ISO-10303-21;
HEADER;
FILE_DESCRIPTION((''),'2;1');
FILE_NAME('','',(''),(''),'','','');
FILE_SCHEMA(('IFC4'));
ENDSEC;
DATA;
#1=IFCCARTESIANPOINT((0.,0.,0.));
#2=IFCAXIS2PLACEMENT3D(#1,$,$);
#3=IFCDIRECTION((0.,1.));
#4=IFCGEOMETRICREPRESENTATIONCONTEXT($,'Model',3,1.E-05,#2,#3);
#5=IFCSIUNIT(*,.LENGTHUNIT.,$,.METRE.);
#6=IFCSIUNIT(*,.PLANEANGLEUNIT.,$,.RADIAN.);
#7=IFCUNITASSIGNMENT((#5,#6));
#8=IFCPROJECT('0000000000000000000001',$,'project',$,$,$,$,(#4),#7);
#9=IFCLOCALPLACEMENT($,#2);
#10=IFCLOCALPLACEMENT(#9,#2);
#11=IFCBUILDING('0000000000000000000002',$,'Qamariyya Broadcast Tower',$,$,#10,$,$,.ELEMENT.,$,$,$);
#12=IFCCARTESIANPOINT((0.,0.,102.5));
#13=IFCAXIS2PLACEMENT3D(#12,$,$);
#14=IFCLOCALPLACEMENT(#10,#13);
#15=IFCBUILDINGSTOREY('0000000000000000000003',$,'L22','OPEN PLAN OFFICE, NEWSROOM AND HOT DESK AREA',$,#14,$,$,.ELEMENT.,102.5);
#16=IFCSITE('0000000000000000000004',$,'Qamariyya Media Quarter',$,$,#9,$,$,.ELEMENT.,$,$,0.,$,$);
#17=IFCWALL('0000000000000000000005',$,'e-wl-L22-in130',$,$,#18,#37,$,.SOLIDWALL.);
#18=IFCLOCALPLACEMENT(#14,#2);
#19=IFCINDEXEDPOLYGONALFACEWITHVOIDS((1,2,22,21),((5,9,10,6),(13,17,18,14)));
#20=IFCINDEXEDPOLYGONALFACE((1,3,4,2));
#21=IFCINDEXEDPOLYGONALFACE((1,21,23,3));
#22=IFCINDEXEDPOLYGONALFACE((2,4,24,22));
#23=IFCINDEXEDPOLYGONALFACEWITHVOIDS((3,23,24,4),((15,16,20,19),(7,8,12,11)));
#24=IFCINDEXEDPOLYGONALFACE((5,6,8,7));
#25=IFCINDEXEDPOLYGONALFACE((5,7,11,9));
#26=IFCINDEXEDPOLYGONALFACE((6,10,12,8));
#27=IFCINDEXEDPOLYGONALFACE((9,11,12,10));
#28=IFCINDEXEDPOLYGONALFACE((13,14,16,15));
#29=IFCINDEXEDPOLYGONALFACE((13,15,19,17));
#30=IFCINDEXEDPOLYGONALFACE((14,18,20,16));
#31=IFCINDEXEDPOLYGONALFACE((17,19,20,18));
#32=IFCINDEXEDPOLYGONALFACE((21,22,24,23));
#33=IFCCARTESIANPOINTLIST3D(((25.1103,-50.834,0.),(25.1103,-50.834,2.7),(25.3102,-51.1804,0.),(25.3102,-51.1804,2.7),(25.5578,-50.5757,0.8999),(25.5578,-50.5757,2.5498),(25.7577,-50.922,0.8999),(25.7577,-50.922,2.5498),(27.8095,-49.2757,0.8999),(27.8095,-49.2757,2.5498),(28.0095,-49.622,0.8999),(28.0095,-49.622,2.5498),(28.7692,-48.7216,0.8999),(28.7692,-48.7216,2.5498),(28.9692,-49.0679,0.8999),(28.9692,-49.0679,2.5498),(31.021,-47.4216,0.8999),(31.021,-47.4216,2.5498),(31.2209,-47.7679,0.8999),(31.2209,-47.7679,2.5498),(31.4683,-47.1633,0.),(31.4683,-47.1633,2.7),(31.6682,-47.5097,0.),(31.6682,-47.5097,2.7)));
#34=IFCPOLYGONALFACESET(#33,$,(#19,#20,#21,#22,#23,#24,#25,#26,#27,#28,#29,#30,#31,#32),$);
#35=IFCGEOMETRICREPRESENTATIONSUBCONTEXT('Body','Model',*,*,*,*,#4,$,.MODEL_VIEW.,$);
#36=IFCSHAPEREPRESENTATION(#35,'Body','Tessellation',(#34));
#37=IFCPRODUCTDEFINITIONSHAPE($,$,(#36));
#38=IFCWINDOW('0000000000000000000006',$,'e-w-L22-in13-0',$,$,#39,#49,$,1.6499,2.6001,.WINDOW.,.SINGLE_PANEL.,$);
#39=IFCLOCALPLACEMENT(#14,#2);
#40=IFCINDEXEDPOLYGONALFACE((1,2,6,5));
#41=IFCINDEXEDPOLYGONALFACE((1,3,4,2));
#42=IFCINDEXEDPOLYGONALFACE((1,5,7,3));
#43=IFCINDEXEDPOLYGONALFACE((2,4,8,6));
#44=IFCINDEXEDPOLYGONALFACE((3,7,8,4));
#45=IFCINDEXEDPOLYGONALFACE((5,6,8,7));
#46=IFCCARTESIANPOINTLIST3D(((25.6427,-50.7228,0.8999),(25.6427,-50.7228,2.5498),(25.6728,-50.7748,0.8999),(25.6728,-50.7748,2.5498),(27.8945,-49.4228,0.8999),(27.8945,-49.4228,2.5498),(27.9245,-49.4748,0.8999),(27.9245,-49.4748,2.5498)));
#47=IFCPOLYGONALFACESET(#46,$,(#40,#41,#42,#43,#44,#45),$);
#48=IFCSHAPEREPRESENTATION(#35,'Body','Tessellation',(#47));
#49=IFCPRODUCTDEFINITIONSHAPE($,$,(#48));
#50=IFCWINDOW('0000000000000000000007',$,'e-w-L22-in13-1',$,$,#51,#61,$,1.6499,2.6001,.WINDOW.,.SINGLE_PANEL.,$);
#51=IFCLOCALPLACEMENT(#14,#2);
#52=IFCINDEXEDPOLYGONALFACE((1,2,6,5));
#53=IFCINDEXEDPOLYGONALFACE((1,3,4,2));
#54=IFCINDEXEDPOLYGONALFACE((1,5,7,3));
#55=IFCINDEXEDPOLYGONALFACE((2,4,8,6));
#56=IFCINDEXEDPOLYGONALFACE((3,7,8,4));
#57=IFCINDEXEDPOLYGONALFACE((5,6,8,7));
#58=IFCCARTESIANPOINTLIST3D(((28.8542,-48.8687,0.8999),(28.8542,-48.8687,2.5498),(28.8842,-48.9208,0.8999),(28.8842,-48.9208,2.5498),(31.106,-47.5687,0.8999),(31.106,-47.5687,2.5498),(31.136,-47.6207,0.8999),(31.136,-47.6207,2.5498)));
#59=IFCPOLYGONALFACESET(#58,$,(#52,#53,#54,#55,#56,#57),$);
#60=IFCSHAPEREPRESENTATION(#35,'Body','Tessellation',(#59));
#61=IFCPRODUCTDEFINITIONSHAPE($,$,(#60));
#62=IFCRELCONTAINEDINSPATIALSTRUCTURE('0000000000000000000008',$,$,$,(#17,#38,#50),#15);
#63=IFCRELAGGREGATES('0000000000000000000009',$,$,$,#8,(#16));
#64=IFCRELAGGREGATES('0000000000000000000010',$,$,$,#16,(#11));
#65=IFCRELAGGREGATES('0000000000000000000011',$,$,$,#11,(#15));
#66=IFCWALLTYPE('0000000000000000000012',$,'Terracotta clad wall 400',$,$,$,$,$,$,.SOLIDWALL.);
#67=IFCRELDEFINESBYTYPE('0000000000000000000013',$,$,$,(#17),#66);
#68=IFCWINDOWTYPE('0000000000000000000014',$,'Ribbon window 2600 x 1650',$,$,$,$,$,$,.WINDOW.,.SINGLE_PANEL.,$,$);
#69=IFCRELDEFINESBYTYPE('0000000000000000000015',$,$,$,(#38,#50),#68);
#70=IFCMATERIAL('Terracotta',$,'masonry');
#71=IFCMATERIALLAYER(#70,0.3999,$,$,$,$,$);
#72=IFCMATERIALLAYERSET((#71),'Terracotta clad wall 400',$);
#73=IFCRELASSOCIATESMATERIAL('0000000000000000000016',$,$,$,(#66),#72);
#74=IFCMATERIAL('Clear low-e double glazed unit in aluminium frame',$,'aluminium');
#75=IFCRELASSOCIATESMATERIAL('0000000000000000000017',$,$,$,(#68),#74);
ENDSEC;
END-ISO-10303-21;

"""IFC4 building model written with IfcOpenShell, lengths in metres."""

from ifc_helpers import new_model, si_unit, direction, frame, frame_2d, origin, place, context, subcontext, project, spatial, rectangle, extrude, material, layer, layer_set, type_object, element, fill, save


model = new_model("IFC4")

# Units and contexts
model_context = context("Model", 3, precision=1e-05, world=origin(), true_north=direction((0.0, 1.0)))
body_context = subcontext(model_context, "Body", "Model", "MODEL_VIEW")
ifc_project = project(units=[si_unit("LENGTHUNIT", "METRE"), si_unit("PLANEANGLEUNIT", "RADIAN")], contexts=[model_context])

# Site, building, storey
site_placement = place(None, origin())
site = spatial("IfcSite", under=ifc_project, at=site_placement, Name="Qamariyya Media Quarter", CompositionType="ELEMENT", RefElevation=0.0)
building_placement = place(site_placement, origin())
building = spatial("IfcBuilding", under=site, at=building_placement, Name="Qamariyya Broadcast Tower", CompositionType="ELEMENT")
storey_placement = place(building_placement, frame((0.0, 0.0, 102.5)))
storey = spatial("IfcBuildingStorey", under=building, at=storey_placement, Name="L22", Description="OPEN PLAN OFFICE, NEWSROOM AND HOT DESK AREA", CompositionType="ELEMENT", Elevation=102.5)

# Wall, openings, windows
ifc_material_1 = material(Name="Terracotta", Category="masonry")
ifc_layer = layer(ifc_material_1, 0.3999)
ifc_layer_set = layer_set([ifc_layer], Name="Terracotta clad wall 400")
wall_type = type_object("IfcWallType", Name="Terracotta clad wall 400", PredefinedType="SOLIDWALL", material=ifc_layer_set)
wall_placement = place(storey_placement, frame((31.5684, -47.3364, 0.0), z_axis=(0.0, 0.0, 1.0), x_axis=(-0.866031, -0.499991, 0.0)))
wall = element("IfcWall", 1, at=wall_placement, inside=storey, type_object=wall_type, Name="e-wl-L22-in130", PredefinedType="SOLIDWALL", context=body_context, shape_type="SweptSolid", body=[
    extrude(rectangle(XDim=7.3416, YDim=0.3999, at=frame_2d((3.6709, 0.0))), origin(), (0.0, 0.0, 1.0), 2.7),
])
opening_1_placement = place(wall_placement, frame((4.2249, 0.0, 0.8999)))
opening_1 = element("IfcOpeningElement", 2, at=opening_1_placement, cuts=wall, PredefinedType="OPENING", context=body_context, shape_type="SweptSolid", body=[
    extrude(rectangle(XDim=2.6001, YDim=1.6499, at=frame_2d((1.3, 0.825))), frame((0.0, 0.21, 0.0), z_axis=(0.0, -1.0, 0.0), x_axis=(1.0, 0.0, 0.0)), (0.0, 0.0, 1.0), 0.4199),
])
opening_2_placement = place(wall_placement, frame((0.5166, 0.0, 0.8999)))
opening_2 = element("IfcOpeningElement", 3, at=opening_2_placement, cuts=wall, PredefinedType="OPENING", context=body_context, shape_type="SweptSolid", body=[
    extrude(rectangle(XDim=2.6001, YDim=1.6499, at=frame_2d((1.3, 0.825))), frame((0.0, 0.21, 0.0), z_axis=(0.0, -1.0, 0.0), x_axis=(1.0, 0.0, 0.0)), (0.0, 0.0, 1.0), 0.4199),
])
ifc_material_2 = material(Name="Clear low-e double glazed unit in aluminium frame", Category="aluminium")
window_type = type_object("IfcWindowType", Name="Ribbon window 2600 x 1650", PartitioningType="SINGLE_PANEL", PredefinedType="WINDOW", material=ifc_material_2)
window_1_placement = place(opening_1_placement, origin())
window_1 = element("IfcWindow", 4, at=window_1_placement, inside=storey, type_object=window_type, Name="e-w-L22-in13-0", OverallHeight=1.6499, OverallWidth=2.6001, PartitioningType="SINGLE_PANEL", PredefinedType="WINDOW", context=body_context, shape_type="SweptSolid", body=[
    extrude(rectangle(XDim=2.6001, YDim=1.6499, at=frame_2d((1.3, 0.825))), frame((0.0, 0.03, 0.0), z_axis=(0.0, -1.0, 0.0), x_axis=(1.0, 0.0, 0.0)), (0.0, 0.0, 1.0), 0.0601),
])
fill(opening_1, window_1)
window_2_placement = place(opening_2_placement, origin())
window_2 = element("IfcWindow", 5, at=window_2_placement, inside=storey, type_object=window_type, Name="e-w-L22-in13-1", OverallHeight=1.6499, OverallWidth=2.6001, PartitioningType="SINGLE_PANEL", PredefinedType="WINDOW", context=body_context, shape_type="SweptSolid", body=[
    extrude(rectangle(XDim=2.6001, YDim=1.6499, at=frame_2d((1.3, 0.825))), frame((0.0, 0.03, 0.0), z_axis=(0.0, -1.0, 0.0), x_axis=(1.0, 0.0, 0.0)), (0.0, 0.0, 1.0), 0.0601),
])
fill(opening_2, window_2)

save(model, "model.ifc")
